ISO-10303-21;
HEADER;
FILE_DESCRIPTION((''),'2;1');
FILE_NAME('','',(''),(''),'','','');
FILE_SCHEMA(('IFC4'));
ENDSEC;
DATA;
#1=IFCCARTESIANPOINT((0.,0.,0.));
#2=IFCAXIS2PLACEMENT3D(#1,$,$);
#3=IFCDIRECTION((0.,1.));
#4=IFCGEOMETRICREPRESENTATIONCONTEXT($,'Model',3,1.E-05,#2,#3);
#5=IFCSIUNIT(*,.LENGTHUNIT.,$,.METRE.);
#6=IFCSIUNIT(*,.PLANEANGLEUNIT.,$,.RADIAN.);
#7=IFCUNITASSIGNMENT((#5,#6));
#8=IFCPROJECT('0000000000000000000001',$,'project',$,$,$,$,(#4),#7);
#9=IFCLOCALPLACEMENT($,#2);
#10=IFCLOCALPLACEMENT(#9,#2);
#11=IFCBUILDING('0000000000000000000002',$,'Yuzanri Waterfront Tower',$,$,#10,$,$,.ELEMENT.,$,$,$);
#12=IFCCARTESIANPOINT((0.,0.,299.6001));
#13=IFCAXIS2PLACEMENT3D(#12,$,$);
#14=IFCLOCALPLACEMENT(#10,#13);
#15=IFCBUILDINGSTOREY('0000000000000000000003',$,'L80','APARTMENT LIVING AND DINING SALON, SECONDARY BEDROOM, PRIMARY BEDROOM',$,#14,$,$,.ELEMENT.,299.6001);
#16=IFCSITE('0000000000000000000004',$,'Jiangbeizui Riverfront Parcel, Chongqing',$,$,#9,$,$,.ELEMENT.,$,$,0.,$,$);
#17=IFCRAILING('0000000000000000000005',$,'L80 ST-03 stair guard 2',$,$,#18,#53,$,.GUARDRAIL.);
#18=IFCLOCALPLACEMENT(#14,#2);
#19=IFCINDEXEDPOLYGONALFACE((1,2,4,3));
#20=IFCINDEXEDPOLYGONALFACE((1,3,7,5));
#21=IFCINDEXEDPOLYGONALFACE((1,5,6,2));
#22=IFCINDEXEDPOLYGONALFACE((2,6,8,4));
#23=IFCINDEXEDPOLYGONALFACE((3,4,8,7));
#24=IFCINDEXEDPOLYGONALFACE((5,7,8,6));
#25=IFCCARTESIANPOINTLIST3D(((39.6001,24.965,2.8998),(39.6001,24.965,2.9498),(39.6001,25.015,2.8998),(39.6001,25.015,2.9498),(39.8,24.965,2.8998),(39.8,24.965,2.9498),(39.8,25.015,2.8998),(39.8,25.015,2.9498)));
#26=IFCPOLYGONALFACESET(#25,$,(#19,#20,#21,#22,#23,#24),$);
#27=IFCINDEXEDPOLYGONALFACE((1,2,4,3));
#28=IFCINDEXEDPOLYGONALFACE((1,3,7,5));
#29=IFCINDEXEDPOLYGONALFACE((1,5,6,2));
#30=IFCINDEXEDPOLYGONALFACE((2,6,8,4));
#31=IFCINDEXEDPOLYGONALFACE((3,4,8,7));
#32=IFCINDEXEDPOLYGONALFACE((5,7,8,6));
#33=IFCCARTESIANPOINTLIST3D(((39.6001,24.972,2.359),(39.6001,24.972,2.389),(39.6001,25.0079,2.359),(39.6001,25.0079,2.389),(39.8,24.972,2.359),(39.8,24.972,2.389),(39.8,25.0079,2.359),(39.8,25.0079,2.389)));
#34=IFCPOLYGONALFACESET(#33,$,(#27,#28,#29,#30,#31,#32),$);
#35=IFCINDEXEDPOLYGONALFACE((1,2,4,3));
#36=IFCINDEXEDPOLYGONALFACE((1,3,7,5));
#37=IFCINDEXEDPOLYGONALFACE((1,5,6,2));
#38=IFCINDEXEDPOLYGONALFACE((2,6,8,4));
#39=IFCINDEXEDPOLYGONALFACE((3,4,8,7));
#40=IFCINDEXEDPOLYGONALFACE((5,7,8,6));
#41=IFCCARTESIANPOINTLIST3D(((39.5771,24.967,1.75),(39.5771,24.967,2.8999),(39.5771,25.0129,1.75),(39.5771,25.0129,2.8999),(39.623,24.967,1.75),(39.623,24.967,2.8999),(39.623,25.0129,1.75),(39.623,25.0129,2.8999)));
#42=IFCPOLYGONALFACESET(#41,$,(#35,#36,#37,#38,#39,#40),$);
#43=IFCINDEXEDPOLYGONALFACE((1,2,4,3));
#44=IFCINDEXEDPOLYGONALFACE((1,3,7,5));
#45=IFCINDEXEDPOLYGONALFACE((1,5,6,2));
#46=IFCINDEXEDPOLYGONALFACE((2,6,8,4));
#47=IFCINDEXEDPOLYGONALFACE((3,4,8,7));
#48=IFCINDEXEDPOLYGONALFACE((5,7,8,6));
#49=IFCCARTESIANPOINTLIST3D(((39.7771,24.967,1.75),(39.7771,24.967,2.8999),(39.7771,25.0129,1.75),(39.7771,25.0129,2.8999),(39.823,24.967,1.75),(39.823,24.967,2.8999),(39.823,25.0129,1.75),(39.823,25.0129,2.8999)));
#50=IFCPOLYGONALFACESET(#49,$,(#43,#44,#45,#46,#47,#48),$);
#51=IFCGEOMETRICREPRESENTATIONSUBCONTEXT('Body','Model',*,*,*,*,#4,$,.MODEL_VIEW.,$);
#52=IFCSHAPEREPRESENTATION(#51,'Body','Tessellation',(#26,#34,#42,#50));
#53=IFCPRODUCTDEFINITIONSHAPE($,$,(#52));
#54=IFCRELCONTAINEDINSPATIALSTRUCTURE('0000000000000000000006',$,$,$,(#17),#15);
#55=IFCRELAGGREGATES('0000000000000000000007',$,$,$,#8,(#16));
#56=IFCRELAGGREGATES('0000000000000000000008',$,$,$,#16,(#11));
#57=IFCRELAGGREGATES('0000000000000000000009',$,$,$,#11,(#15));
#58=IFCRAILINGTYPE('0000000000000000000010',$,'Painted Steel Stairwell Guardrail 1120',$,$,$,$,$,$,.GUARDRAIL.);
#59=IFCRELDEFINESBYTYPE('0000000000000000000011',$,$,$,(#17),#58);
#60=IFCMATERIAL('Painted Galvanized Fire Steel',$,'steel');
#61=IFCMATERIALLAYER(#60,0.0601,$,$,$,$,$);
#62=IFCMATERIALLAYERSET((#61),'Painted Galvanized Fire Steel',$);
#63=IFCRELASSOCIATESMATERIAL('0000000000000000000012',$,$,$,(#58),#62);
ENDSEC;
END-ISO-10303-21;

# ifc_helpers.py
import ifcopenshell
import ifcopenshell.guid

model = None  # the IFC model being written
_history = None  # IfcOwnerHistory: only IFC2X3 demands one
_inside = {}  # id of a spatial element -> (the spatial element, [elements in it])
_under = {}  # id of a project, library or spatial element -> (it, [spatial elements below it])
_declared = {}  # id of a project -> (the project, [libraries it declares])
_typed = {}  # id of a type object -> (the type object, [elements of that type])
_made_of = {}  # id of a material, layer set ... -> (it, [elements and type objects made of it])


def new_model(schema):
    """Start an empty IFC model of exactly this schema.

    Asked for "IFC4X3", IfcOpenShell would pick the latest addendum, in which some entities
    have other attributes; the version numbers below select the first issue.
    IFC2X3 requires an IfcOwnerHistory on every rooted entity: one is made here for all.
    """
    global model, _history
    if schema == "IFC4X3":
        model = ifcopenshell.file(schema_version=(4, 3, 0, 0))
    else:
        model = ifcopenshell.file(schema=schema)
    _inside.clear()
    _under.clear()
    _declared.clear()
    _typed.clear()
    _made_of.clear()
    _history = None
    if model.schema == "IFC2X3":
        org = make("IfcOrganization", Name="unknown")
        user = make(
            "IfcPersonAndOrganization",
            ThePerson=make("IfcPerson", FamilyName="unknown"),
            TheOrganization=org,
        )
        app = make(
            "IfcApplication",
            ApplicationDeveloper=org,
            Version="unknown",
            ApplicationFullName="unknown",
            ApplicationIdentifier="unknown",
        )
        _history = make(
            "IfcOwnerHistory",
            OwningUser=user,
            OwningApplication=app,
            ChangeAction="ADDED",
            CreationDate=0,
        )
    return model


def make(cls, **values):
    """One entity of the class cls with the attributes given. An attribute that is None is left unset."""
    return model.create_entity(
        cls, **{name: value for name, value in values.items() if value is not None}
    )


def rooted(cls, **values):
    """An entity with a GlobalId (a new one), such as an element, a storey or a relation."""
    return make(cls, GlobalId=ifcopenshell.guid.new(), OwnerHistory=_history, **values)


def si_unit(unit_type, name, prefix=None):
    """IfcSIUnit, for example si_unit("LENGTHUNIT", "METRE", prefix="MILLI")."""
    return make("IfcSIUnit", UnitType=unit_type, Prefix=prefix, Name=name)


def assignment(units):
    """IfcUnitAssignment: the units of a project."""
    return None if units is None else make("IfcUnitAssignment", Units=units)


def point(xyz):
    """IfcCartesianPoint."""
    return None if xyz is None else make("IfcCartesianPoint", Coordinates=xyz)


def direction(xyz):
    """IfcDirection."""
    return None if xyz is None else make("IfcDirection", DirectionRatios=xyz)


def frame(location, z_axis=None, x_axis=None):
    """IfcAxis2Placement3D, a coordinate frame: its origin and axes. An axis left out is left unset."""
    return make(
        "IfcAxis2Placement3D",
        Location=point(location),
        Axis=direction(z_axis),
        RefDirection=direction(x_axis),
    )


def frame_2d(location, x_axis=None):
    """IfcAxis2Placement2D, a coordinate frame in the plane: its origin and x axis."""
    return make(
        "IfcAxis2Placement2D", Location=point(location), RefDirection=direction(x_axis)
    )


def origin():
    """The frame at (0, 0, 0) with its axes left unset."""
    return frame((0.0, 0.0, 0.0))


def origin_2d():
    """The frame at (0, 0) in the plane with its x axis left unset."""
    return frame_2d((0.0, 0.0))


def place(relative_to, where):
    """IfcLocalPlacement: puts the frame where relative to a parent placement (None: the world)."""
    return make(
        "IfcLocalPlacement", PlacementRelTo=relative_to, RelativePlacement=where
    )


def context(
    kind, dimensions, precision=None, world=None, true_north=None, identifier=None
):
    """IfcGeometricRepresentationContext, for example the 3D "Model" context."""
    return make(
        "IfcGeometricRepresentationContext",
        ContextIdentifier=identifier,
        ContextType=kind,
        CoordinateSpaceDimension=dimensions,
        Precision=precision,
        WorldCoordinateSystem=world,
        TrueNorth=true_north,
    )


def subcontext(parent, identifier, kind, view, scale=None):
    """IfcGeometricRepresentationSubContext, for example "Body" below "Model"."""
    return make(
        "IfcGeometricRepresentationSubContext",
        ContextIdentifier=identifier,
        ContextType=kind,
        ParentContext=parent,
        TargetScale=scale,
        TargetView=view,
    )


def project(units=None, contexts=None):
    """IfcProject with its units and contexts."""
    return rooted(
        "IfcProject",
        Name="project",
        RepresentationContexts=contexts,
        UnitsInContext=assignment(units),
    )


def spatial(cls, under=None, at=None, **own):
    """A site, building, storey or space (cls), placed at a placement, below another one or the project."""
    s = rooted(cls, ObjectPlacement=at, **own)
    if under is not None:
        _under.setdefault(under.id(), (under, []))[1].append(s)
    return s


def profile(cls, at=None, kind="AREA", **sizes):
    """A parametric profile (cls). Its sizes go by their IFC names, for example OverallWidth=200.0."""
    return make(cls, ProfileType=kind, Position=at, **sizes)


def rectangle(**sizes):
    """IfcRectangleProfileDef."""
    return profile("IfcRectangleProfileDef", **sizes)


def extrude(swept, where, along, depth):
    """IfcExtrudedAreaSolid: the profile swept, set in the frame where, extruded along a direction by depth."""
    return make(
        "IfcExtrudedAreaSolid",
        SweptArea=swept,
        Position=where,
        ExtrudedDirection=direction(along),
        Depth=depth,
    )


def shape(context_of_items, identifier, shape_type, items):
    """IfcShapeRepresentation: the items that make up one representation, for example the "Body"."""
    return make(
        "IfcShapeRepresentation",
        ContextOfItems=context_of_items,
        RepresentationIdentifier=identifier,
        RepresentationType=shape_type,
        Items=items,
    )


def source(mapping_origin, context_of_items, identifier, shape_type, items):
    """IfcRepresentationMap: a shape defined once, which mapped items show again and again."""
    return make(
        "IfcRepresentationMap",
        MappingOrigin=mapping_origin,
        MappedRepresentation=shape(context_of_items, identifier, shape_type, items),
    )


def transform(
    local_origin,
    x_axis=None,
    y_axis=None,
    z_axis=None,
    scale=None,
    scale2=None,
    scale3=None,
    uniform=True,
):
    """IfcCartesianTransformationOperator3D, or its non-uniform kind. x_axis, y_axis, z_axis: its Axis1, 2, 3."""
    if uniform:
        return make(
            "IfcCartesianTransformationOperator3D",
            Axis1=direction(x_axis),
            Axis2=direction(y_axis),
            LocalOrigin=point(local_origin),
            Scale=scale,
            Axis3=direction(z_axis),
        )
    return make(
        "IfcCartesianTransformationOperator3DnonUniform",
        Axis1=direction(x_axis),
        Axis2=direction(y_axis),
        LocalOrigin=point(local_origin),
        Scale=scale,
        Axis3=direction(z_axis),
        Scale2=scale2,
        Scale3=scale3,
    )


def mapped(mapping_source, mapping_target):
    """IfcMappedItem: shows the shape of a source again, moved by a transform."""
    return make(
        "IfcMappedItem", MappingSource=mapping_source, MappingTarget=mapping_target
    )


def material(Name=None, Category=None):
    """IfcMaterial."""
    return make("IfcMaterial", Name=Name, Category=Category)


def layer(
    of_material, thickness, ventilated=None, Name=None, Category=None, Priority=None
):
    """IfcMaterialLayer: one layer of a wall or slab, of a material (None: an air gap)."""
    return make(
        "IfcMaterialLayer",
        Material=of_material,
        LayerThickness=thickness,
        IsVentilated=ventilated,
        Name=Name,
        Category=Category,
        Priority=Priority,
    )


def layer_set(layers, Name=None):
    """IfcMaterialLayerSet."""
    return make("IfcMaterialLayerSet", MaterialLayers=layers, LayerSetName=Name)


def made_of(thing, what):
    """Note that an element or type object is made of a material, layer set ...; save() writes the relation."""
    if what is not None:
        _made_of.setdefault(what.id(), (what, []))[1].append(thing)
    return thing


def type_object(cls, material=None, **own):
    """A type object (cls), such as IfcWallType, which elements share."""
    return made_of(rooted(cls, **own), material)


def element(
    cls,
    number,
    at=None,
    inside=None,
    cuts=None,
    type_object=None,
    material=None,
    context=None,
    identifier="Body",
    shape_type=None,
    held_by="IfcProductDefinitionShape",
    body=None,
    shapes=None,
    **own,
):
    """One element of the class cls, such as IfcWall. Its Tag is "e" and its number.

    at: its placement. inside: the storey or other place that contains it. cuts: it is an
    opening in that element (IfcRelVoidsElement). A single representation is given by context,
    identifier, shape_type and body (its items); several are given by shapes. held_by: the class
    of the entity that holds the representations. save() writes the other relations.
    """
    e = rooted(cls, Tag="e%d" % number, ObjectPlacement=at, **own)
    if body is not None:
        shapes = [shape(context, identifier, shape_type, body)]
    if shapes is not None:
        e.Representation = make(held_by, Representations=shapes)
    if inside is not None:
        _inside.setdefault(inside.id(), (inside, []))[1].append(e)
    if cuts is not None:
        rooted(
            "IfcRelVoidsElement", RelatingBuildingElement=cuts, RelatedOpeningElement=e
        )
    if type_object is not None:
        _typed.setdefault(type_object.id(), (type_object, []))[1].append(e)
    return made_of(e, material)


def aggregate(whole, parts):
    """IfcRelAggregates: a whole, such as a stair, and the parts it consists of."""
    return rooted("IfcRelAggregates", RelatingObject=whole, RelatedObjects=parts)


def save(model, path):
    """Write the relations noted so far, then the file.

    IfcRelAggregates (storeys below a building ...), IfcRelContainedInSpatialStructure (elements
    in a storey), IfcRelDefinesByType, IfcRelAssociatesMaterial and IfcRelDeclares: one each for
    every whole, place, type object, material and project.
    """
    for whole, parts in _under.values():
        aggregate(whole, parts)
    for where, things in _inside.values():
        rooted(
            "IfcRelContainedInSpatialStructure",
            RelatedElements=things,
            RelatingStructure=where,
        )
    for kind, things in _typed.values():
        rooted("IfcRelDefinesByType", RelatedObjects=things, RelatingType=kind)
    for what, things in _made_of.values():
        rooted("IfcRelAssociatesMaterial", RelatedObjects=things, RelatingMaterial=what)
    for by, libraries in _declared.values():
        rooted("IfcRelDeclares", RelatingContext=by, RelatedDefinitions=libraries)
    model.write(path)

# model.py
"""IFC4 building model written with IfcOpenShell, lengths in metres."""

from ifc_helpers import new_model, si_unit, direction, frame, origin, origin_2d, place, context, subcontext, project, spatial, rectangle, extrude, source, transform, mapped, material, layer, layer_set, type_object, element, save


model = new_model("IFC4")

# Units and contexts
model_context = context("Model", 3, precision=1e-05, world=origin(), true_north=direction((0.0, 1.0)))
body_context = subcontext(model_context, "Body", "Model", "MODEL_VIEW")
ifc_project = project(units=[si_unit("LENGTHUNIT", "METRE"), si_unit("PLANEANGLEUNIT", "RADIAN")], contexts=[model_context])

# Site, building, storey
site_placement = place(None, origin())
site = spatial("IfcSite", under=ifc_project, at=site_placement, Name="Jiangbeizui Riverfront Parcel, Chongqing", CompositionType="ELEMENT", RefElevation=0.0)
building_placement = place(site_placement, origin())
building = spatial("IfcBuilding", under=site, at=building_placement, Name="Yuzanri Waterfront Tower", CompositionType="ELEMENT")
storey_placement = place(building_placement, frame((0.0, 0.0, 299.6001)))
storey = spatial("IfcBuildingStorey", under=building, at=storey_placement, Name="L80", Description="APARTMENT LIVING AND DINING SALON, SECONDARY BEDROOM, PRIMARY BEDROOM", CompositionType="ELEMENT", Elevation=299.6001)

# Railing
ifc_material_1 = material(Name="Painted Galvanized Fire Steel", Category="steel")
ifc_layer_1 = layer(ifc_material_1, 0.0601)
ifc_layer_set_1 = layer_set([ifc_layer_1], Name="Painted Galvanized Fire Steel")
railing_type = type_object("IfcRailingType", Name="Painted Steel Stairwell Guardrail 1120", PredefinedType="GUARDRAIL", material=ifc_layer_set_1)
shared_shape_1 = source(origin(), body_context, "Body", "SweptSolid", [
    extrude(rectangle(XDim=0.05, YDim=0.05, at=origin_2d()), frame((0.0, 0.0, 1.1748), z_axis=(1.0, 0.0, 0.0), x_axis=(0.0, 1.0, 0.0)), (0.0, 0.0, 1.0), 0.2),
    extrude(rectangle(XDim=0.0359, YDim=0.03, at=origin_2d()), frame((0.0, 0.0, 0.624), z_axis=(1.0, 0.0, 0.0), x_axis=(0.0, 1.0, 0.0)), (0.0, 0.0, 1.0), 0.2),
    extrude(rectangle(XDim=0.0459, YDim=0.0459, at=origin_2d()), origin(), (0.0, 0.0, 1.0), 1.1499),
    extrude(rectangle(XDim=0.0459, YDim=0.0459, at=origin_2d()), frame((0.2, 0.0, 0.0)), (0.0, 0.0, 1.0), 1.1499),
])
railing_1_placement = place(storey_placement, frame((39.6001, 24.99, 1.75)))
element("IfcRailing", 1, at=railing_1_placement, inside=storey, type_object=railing_type, Name="L80 ST-03 stair guard 2", PredefinedType="GUARDRAIL", context=body_context, shape_type="MappedRepresentation", body=[
    mapped(shared_shape_1, transform((0.0, 0.0, 0.0), scale=1.0)),
])

save(model, "model.ifc")
